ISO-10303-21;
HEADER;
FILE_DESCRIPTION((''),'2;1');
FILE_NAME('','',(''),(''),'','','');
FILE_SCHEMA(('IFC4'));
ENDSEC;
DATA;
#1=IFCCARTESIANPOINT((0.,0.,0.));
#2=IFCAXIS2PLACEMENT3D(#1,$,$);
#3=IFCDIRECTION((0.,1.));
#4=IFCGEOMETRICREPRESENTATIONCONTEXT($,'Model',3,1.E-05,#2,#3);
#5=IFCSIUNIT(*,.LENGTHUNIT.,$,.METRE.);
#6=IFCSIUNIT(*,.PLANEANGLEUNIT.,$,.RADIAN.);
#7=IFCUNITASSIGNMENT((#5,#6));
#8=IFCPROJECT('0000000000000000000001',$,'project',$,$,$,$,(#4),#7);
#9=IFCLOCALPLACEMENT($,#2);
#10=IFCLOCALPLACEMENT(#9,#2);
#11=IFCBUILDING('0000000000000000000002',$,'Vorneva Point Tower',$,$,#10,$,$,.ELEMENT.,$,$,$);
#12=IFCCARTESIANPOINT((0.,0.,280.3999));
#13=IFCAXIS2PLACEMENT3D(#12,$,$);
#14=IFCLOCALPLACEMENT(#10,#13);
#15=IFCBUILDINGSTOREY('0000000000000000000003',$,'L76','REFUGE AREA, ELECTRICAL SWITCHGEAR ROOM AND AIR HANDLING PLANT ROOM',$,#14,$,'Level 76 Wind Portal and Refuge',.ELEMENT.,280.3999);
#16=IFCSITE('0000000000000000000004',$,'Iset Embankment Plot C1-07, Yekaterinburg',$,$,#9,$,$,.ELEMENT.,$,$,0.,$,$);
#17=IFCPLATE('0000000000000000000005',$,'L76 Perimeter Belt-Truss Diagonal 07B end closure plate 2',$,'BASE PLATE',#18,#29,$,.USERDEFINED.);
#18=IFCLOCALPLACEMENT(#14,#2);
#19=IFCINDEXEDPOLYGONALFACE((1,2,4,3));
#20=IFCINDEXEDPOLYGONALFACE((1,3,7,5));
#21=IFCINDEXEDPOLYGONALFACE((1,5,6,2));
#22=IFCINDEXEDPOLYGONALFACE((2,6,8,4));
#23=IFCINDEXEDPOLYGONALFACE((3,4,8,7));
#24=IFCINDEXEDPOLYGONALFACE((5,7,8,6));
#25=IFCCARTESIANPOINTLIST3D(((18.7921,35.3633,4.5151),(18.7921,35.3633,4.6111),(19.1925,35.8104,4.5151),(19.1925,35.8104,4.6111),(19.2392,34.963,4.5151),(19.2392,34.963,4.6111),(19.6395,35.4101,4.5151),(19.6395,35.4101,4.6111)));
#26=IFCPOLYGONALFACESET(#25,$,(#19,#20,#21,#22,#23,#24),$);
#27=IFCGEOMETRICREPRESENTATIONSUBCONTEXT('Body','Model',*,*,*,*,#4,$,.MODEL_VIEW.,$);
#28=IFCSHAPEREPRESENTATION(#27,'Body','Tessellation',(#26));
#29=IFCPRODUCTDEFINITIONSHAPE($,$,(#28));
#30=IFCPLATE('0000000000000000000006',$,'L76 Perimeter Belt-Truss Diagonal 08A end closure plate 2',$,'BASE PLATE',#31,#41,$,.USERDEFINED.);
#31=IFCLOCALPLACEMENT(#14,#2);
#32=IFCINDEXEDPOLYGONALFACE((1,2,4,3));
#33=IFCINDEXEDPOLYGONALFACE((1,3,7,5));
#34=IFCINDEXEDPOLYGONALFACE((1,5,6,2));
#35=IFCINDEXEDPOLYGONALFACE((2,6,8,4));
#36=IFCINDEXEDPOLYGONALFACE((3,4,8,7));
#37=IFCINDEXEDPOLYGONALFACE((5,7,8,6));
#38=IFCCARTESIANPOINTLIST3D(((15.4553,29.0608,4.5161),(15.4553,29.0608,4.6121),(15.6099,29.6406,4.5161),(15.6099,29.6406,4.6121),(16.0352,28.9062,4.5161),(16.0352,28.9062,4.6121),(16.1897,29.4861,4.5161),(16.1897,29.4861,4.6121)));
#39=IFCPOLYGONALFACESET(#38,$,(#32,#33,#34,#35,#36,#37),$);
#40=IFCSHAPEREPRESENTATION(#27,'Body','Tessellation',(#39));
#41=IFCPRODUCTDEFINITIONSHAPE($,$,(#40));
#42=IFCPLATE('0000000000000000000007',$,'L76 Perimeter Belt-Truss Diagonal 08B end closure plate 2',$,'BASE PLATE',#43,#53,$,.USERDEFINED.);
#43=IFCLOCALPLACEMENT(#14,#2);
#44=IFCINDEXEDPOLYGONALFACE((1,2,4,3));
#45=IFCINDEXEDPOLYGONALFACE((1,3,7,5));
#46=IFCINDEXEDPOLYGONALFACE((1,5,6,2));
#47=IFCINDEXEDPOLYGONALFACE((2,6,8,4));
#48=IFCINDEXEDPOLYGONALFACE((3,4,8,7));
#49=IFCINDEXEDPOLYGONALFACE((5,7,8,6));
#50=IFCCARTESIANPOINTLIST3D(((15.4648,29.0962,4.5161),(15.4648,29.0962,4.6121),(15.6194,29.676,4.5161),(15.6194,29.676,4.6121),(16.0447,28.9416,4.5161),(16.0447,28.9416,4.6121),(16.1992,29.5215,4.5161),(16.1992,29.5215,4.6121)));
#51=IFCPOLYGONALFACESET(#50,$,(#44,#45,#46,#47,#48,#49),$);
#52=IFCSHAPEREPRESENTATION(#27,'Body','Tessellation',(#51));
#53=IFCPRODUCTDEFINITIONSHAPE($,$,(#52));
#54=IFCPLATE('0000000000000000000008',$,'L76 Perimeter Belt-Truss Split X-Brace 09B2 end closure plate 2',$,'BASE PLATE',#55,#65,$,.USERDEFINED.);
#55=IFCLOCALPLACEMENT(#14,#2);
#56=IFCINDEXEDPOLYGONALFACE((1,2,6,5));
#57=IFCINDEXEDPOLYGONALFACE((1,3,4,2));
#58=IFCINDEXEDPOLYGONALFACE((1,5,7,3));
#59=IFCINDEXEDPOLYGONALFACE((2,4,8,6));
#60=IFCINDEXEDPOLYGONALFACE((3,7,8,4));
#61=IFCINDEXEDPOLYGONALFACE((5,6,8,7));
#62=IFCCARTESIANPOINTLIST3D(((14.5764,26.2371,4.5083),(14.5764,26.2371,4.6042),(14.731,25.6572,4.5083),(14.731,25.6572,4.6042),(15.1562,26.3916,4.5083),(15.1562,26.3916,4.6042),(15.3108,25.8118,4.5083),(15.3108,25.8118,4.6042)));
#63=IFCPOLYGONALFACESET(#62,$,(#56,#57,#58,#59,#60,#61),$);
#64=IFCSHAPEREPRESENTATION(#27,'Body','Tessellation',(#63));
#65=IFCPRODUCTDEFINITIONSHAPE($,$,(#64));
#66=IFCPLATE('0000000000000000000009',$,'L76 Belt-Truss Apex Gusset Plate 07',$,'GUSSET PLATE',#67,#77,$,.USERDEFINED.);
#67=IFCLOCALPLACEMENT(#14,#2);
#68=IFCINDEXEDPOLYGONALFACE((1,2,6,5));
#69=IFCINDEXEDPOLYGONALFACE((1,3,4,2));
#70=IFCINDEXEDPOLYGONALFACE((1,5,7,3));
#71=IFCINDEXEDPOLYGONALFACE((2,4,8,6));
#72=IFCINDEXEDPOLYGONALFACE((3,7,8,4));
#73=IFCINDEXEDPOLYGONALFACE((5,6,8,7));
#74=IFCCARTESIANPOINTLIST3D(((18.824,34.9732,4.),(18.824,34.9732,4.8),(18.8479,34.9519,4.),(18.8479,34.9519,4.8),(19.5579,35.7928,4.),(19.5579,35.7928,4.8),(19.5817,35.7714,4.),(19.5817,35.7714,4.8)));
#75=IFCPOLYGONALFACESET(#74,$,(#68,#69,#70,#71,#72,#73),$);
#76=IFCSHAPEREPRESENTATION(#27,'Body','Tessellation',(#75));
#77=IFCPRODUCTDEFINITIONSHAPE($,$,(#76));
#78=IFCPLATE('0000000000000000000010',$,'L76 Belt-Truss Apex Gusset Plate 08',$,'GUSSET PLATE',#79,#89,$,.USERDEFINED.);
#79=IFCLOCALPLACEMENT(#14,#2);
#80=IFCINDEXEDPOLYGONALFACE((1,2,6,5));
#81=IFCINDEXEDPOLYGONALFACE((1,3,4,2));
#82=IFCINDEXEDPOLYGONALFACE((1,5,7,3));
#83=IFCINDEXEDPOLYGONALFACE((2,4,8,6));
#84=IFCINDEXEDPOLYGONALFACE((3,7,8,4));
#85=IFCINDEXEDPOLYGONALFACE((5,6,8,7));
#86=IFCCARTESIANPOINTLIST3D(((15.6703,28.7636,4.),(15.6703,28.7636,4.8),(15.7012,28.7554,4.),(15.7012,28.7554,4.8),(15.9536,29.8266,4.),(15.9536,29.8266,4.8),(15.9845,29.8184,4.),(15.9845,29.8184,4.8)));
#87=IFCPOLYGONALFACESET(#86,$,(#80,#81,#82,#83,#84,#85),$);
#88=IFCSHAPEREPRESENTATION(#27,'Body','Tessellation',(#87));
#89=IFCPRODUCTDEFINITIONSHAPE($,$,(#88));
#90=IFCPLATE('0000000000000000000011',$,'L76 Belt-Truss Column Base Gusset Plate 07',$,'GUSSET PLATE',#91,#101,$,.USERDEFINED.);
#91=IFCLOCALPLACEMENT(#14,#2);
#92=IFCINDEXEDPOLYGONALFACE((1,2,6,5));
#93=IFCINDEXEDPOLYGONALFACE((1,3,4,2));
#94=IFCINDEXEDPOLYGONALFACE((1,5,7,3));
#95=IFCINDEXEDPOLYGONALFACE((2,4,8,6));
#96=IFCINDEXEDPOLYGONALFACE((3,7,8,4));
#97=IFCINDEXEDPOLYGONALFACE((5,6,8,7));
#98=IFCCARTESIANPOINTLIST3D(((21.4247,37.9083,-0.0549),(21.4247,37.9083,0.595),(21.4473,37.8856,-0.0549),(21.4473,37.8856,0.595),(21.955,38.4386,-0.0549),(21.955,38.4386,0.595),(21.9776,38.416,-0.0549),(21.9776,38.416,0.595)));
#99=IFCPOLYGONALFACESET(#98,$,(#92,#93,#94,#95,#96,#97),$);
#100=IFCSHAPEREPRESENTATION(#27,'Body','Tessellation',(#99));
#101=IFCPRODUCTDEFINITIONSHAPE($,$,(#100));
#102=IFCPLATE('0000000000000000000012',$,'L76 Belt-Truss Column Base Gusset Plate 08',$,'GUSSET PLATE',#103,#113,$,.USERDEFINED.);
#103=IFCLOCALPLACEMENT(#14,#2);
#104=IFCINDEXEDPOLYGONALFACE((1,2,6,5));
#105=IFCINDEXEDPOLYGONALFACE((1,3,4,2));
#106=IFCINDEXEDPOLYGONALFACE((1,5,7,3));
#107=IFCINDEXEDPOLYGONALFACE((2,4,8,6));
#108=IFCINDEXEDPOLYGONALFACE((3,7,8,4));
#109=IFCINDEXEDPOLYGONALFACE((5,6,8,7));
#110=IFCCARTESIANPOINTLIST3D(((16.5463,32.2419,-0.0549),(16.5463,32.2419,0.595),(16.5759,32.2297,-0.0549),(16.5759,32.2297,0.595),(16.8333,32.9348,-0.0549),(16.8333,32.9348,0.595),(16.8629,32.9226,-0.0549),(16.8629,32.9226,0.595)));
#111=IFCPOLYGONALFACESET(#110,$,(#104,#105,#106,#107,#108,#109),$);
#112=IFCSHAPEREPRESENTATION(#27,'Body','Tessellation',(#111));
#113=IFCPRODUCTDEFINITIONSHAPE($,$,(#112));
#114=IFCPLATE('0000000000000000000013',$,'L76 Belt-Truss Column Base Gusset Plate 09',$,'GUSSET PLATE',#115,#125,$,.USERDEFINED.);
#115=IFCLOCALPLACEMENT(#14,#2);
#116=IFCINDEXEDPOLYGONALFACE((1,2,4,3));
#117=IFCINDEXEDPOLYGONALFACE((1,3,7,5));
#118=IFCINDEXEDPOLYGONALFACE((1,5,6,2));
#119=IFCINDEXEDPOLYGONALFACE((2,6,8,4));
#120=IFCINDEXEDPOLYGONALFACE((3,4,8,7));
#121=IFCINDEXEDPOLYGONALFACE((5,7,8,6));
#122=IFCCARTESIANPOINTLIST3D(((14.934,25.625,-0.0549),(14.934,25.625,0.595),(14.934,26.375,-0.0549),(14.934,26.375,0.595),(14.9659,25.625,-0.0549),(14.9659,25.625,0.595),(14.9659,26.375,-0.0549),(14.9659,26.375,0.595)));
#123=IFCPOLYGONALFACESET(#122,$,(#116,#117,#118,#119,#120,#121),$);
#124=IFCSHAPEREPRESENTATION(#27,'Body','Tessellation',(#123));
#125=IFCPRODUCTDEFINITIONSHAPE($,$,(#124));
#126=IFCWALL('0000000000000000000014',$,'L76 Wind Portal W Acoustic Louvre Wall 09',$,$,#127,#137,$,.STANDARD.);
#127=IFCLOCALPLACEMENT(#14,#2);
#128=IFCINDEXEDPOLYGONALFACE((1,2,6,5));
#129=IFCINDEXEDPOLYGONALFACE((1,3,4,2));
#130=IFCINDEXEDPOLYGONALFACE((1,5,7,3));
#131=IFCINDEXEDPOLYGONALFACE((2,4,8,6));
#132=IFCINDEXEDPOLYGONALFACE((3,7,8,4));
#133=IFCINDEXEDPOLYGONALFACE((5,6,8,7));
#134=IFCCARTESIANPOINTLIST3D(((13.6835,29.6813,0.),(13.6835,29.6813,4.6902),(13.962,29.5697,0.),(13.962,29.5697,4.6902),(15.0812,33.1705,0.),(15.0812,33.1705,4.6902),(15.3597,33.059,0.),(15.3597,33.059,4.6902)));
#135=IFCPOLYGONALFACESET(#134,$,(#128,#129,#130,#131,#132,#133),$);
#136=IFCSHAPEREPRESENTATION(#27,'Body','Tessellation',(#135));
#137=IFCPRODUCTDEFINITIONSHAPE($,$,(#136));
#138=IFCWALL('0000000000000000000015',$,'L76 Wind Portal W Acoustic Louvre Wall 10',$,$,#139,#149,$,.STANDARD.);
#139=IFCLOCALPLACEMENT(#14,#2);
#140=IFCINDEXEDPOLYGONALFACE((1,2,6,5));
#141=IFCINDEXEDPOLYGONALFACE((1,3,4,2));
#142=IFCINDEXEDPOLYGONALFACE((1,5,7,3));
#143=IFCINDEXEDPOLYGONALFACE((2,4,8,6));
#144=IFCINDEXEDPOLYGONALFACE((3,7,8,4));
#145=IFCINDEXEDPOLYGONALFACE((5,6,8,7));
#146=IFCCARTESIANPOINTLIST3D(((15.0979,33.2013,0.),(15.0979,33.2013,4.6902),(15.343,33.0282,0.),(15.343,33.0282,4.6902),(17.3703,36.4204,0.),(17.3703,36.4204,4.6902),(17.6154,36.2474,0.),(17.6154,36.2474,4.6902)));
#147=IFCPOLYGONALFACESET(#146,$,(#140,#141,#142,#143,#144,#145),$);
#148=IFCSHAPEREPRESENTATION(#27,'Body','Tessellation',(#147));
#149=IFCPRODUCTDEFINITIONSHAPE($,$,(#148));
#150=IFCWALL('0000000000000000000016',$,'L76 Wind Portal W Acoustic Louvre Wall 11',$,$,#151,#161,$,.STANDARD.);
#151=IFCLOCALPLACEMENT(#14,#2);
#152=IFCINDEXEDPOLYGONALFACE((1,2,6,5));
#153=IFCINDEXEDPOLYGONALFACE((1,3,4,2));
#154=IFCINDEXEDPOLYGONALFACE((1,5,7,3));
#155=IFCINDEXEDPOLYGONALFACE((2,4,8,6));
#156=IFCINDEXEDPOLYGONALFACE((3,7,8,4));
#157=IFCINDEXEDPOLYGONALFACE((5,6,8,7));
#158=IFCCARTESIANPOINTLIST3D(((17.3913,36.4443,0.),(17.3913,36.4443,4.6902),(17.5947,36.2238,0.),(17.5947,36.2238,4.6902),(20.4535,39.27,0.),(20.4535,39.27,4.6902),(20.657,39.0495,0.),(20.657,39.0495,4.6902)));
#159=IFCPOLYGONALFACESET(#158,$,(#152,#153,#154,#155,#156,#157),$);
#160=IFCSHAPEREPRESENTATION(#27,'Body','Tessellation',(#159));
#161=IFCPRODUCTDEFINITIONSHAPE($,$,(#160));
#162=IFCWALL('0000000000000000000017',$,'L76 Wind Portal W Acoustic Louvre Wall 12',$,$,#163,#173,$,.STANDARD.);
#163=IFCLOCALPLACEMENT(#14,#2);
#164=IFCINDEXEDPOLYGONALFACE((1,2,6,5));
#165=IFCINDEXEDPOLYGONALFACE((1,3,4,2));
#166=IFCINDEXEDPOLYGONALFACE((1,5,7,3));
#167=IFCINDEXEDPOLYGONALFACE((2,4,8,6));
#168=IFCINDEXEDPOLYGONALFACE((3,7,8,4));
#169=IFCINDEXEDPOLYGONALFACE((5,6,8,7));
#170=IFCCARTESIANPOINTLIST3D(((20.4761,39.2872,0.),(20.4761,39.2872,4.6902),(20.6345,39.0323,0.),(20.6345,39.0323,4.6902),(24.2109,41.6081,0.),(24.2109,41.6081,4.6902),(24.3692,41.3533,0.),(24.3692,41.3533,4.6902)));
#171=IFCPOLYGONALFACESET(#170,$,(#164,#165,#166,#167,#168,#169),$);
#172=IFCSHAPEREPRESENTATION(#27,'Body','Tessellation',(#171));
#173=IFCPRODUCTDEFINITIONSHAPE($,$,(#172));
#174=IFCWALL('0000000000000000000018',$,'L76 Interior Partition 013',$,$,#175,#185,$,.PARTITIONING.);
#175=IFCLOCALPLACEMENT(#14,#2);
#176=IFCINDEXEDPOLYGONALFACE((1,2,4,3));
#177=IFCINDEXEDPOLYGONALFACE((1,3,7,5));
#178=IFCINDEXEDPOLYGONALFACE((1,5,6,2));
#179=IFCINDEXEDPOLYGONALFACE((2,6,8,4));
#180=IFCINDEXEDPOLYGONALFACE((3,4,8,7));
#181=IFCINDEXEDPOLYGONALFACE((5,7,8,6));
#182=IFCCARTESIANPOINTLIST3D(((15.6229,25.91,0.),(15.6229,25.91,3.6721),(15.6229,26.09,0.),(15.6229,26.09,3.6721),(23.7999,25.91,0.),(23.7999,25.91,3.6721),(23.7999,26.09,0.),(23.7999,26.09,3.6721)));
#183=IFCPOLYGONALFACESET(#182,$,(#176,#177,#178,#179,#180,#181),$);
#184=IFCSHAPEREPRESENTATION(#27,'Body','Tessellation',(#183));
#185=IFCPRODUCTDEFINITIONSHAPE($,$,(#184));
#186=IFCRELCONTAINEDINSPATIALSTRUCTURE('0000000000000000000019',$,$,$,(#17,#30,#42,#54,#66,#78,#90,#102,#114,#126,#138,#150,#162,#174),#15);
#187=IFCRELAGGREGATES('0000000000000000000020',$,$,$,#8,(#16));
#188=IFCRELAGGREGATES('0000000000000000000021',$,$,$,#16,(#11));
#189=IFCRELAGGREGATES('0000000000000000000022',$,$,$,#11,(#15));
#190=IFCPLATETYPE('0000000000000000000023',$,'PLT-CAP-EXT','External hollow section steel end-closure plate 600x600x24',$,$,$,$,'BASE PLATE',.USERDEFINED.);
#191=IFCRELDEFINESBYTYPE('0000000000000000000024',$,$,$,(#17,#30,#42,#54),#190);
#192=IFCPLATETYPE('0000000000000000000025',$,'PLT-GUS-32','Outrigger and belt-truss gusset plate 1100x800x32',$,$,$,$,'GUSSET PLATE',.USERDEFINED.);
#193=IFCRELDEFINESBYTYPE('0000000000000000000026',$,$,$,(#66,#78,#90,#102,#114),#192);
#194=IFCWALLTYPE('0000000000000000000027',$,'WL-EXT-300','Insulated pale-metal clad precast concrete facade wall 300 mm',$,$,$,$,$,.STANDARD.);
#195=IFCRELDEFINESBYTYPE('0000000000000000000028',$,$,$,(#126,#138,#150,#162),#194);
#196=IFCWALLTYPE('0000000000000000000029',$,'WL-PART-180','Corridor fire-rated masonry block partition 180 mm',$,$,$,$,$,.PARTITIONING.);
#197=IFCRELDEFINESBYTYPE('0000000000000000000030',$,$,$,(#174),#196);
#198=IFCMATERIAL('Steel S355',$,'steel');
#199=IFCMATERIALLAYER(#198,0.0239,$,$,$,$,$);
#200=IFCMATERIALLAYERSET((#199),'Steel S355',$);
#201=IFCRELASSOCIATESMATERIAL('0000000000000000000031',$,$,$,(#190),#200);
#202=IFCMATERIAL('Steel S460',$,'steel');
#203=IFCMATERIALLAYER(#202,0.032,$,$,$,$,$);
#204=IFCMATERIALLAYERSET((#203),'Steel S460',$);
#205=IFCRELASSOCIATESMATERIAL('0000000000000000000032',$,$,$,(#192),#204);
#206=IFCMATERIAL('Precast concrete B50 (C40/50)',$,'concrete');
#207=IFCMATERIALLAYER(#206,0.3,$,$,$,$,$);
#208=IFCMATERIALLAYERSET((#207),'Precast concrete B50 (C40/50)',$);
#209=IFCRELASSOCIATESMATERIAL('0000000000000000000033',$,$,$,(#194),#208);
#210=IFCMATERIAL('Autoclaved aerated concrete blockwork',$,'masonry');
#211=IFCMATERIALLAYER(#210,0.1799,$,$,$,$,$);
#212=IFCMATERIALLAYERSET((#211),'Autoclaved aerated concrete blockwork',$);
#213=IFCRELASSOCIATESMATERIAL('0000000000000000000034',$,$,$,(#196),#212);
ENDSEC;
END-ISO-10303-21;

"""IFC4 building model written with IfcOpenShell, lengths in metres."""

from ifc_helpers import new_model, si_unit, direction, frame, frame_2d, origin, origin_2d, place, context, subcontext, project, spatial, rectangle, extrude, material, layer, layer_set, type_object, element, save


model = new_model("IFC4")

# Units and contexts
model_context = context("Model", 3, precision=1e-05, world=origin(), true_north=direction((0.0, 1.0)))
body_context = subcontext(model_context, "Body", "Model", "MODEL_VIEW")
ifc_project = project(units=[si_unit("LENGTHUNIT", "METRE"), si_unit("PLANEANGLEUNIT", "RADIAN")], contexts=[model_context])

# Site, building, storey
site_placement = place(None, origin())
site = spatial("IfcSite", under=ifc_project, at=site_placement, Name="Iset Embankment Plot C1-07, Yekaterinburg", CompositionType="ELEMENT", RefElevation=0.0)
building_placement = place(site_placement, origin())
building = spatial("IfcBuilding", under=site, at=building_placement, Name="Vorneva Point Tower", CompositionType="ELEMENT")
storey_placement = place(building_placement, frame((0.0, 0.0, 280.3999)))
storey = spatial("IfcBuildingStorey", under=building, at=storey_placement, Name="L76", Description="REFUGE AREA, ELECTRICAL SWITCHGEAR ROOM AND AIR HANDLING PLANT ROOM", LongName="Level 76 Wind Portal and Refuge", CompositionType="ELEMENT", Elevation=280.3999)

# Shared definitions
ifc_material_1 = material(Name="Steel S460", Category="steel")
ifc_material_2 = material(Name="Steel S355", Category="steel")

# Plates
ifc_layer_1 = layer(ifc_material_2, 0.0239)
ifc_layer_set_1 = layer_set([ifc_layer_1], Name="Steel S355")
plate_type_1 = type_object("IfcPlateType", Name="PLT-CAP-EXT", Description="External hollow section steel end-closure plate 600x600x24", ElementType="BASE PLATE", PredefinedType="USERDEFINED", material=ifc_layer_set_1)
for number, where, z_axis, x_axis, name in (
    (1, (19.2158, 35.3867, 4.5151), (0.0, 0.0, 1.0), (0.667092, 0.744976, 0.0), "L76 Perimeter Belt-Truss Diagonal 07B end closure plate 2"),
    (2, (15.8225, 29.2734, 4.5161), (0.0, 0.0, 1.0), (-0.257571, -0.966259, 0.0), "L76 Perimeter Belt-Truss Diagonal 08A end closure plate 2"),
    (3, (15.832, 29.3088, 4.5161), (0.0, 0.0, 1.0), (0.257571, 0.966259, 0.0), "L76 Perimeter Belt-Truss Diagonal 08B end closure plate 2"),
    (4, (14.9436, 26.0244, 4.5083), (0.0, 0.0, 1.0), (-0.257571, 0.966259, 0.0), "L76 Perimeter Belt-Truss Split X-Brace 09B2 end closure plate 2"),
):
    element("IfcPlate", number, at=place(storey_placement, frame(where, z_axis=z_axis, x_axis=x_axis)), inside=storey, type_object=plate_type_1, Name=name, ObjectType="BASE PLATE", PredefinedType="USERDEFINED", context=body_context, shape_type="SweptSolid", body=[
        extrude(rectangle(XDim=0.6001, YDim=0.6001, at=origin_2d()), origin(), (0.0, 0.0, 1.0), 0.0959),
    ])
ifc_layer_2 = layer(ifc_material_1, 0.032)
ifc_layer_set_2 = layer_set([ifc_layer_2], Name="Steel S460")
plate_type_2 = type_object("IfcPlateType", Name="PLT-GUS-32", Description="Outrigger and belt-truss gusset plate 1100x800x32", ElementType="GUSSET PLATE", PredefinedType="USERDEFINED", material=ifc_layer_set_2)
for number, where, z_axis, x_axis, name in (
    (5, (19.2029, 35.3723, 4.0), (0.0, 0.0, 1.0), (-0.667092, -0.744976, 0.0), "L76 Belt-Truss Apex Gusset Plate 07"),
    (6, (15.8274, 29.291, 4.0), (0.0, 0.0, 1.0), (-0.257571, -0.966259, 0.0), "L76 Belt-Truss Apex Gusset Plate 08"),
):
    element("IfcPlate", number, at=place(storey_placement, frame(where, z_axis=z_axis, x_axis=x_axis)), inside=storey, type_object=plate_type_2, Name=name, ObjectType="GUSSET PLATE", PredefinedType="USERDEFINED", context=body_context, shape_type="SweptSolid", body=[
        extrude(rectangle(XDim=1.1001, YDim=0.032, at=origin_2d()), origin(), (0.0, 0.0, 1.0), 0.8),
    ])
for number, where, z_axis, x_axis, name in (
    (7, (21.7012, 38.1621, -0.0549), (0.0, 0.0, 1.0), (-0.707107, -0.707107, 0.0), "L76 Belt-Truss Column Base Gusset Plate 07"),
    (8, (16.7046, 32.5823, -0.0549), (0.0, 0.0, 1.0), (-0.382683, -0.92388, 0.0), "L76 Belt-Truss Column Base Gusset Plate 08"),
    (9, (14.95, 26.0, -0.0549), (0.0, 0.0, 1.0), (0.0, -1.0, 0.0), "L76 Belt-Truss Column Base Gusset Plate 09"),
):
    element("IfcPlate", number, at=place(storey_placement, frame(where, z_axis=z_axis, x_axis=x_axis)), inside=storey, type_object=plate_type_2, Name=name, ObjectType="GUSSET PLATE", PredefinedType="USERDEFINED", context=body_context, shape_type="SweptSolid", body=[
        extrude(rectangle(XDim=0.75, YDim=0.032, at=origin_2d()), origin(), (0.0, 0.0, 1.0), 0.6499),
    ])

# Walls
ifc_material_3 = material(Name="Precast concrete B50 (C40/50)", Category="concrete")
ifc_layer_3 = layer(ifc_material_3, 0.3)
ifc_layer_set_3 = layer_set([ifc_layer_3], Name="Precast concrete B50 (C40/50)")
wall_type_1 = type_object("IfcWallType", Name="WL-EXT-300", Description="Insulated pale-metal clad precast concrete facade wall 300 mm", PredefinedType="STANDARD", material=ifc_layer_set_3)
wall_1_placement = place(storey_placement, frame((13.8228, 29.6255, 0.0), z_axis=(0.0, 0.0, 1.0), x_axis=(0.37185, 0.928293, 0.0)))
element("IfcWall", 10, at=wall_1_placement, inside=storey, type_object=wall_type_1, Name="L76 Wind Portal W Acoustic Louvre Wall 09", PredefinedType="STANDARD", context=body_context, shape_type="SweptSolid", body=[
    extrude(rectangle(XDim=3.7588, YDim=0.3, at=frame_2d((1.8794, 0.0))), origin(), (0.0, 0.0, 1.0), 4.6902),
])
wall_2_placement = place(storey_placement, frame((15.2205, 33.1147, 0.0), z_axis=(0.0, 0.0, 1.0), x_axis=(0.576693, 0.816961, 0.0)))
element("IfcWall", 11, at=wall_2_placement, inside=storey, type_object=wall_type_1, Name="L76 Wind Portal W Acoustic Louvre Wall 10", PredefinedType="STANDARD", context=body_context, shape_type="SweptSolid", body=[
    extrude(rectangle(XDim=3.9404, YDim=0.3, at=frame_2d((1.9702, 0.0))), origin(), (0.0, 0.0, 1.0), 4.6902),
])
wall_3_placement = place(storey_placement, frame((17.4929, 36.334, 0.0), z_axis=(0.0, 0.0, 1.0), x_axis=(0.734925, 0.678149, 0.0)))
element("IfcWall", 12, at=wall_3_placement, inside=storey, type_object=wall_type_1, Name="L76 Wind Portal W Acoustic Louvre Wall 11", PredefinedType="STANDARD", context=body_context, shape_type="SweptSolid", body=[
    extrude(rectangle(XDim=4.1667, YDim=0.3, at=frame_2d((2.0835, 0.0))), origin(), (0.0, 0.0, 1.0), 4.6902),
])
wall_4_placement = place(storey_placement, frame((20.5552, 39.1597, 0.0), z_axis=(0.0, 0.0, 1.0), x_axis=(0.849349, 0.527831, 0.0)))
element("IfcWall", 13, at=wall_4_placement, inside=storey, type_object=wall_type_1, Name="L76 Wind Portal W Acoustic Louvre Wall 12", PredefinedType="STANDARD", context=body_context, shape_type="SweptSolid", body=[
    extrude(rectangle(XDim=4.3972, YDim=0.3, at=frame_2d((2.1987, 0.0))), origin(), (0.0, 0.0, 1.0), 4.6902),
])
ifc_material_4 = material(Name="Autoclaved aerated concrete blockwork", Category="masonry")
ifc_layer_4 = layer(ifc_material_4, 0.1799)
ifc_layer_set_4 = layer_set([ifc_layer_4], Name="Autoclaved aerated concrete blockwork")
wall_type_2 = type_object("IfcWallType", Name="WL-PART-180", Description="Corridor fire-rated masonry block partition 180 mm", PredefinedType="PARTITIONING", material=ifc_layer_set_4)
wall_5_placement = place(storey_placement, frame((15.623, 26.0, 0.0), z_axis=(0.0, 0.0, 1.0), x_axis=(1.0, 0.0, 0.0)))
element("IfcWall", 14, at=wall_5_placement, inside=storey, type_object=wall_type_2, Name="L76 Interior Partition 013", PredefinedType="PARTITIONING", context=body_context, shape_type="SweptSolid", body=[
    extrude(rectangle(XDim=8.177, YDim=0.1799, at=frame_2d((4.0884, 0.0))), origin(), (0.0, 0.0, 1.0), 3.6721),
])

save(model, "model.ifc")
